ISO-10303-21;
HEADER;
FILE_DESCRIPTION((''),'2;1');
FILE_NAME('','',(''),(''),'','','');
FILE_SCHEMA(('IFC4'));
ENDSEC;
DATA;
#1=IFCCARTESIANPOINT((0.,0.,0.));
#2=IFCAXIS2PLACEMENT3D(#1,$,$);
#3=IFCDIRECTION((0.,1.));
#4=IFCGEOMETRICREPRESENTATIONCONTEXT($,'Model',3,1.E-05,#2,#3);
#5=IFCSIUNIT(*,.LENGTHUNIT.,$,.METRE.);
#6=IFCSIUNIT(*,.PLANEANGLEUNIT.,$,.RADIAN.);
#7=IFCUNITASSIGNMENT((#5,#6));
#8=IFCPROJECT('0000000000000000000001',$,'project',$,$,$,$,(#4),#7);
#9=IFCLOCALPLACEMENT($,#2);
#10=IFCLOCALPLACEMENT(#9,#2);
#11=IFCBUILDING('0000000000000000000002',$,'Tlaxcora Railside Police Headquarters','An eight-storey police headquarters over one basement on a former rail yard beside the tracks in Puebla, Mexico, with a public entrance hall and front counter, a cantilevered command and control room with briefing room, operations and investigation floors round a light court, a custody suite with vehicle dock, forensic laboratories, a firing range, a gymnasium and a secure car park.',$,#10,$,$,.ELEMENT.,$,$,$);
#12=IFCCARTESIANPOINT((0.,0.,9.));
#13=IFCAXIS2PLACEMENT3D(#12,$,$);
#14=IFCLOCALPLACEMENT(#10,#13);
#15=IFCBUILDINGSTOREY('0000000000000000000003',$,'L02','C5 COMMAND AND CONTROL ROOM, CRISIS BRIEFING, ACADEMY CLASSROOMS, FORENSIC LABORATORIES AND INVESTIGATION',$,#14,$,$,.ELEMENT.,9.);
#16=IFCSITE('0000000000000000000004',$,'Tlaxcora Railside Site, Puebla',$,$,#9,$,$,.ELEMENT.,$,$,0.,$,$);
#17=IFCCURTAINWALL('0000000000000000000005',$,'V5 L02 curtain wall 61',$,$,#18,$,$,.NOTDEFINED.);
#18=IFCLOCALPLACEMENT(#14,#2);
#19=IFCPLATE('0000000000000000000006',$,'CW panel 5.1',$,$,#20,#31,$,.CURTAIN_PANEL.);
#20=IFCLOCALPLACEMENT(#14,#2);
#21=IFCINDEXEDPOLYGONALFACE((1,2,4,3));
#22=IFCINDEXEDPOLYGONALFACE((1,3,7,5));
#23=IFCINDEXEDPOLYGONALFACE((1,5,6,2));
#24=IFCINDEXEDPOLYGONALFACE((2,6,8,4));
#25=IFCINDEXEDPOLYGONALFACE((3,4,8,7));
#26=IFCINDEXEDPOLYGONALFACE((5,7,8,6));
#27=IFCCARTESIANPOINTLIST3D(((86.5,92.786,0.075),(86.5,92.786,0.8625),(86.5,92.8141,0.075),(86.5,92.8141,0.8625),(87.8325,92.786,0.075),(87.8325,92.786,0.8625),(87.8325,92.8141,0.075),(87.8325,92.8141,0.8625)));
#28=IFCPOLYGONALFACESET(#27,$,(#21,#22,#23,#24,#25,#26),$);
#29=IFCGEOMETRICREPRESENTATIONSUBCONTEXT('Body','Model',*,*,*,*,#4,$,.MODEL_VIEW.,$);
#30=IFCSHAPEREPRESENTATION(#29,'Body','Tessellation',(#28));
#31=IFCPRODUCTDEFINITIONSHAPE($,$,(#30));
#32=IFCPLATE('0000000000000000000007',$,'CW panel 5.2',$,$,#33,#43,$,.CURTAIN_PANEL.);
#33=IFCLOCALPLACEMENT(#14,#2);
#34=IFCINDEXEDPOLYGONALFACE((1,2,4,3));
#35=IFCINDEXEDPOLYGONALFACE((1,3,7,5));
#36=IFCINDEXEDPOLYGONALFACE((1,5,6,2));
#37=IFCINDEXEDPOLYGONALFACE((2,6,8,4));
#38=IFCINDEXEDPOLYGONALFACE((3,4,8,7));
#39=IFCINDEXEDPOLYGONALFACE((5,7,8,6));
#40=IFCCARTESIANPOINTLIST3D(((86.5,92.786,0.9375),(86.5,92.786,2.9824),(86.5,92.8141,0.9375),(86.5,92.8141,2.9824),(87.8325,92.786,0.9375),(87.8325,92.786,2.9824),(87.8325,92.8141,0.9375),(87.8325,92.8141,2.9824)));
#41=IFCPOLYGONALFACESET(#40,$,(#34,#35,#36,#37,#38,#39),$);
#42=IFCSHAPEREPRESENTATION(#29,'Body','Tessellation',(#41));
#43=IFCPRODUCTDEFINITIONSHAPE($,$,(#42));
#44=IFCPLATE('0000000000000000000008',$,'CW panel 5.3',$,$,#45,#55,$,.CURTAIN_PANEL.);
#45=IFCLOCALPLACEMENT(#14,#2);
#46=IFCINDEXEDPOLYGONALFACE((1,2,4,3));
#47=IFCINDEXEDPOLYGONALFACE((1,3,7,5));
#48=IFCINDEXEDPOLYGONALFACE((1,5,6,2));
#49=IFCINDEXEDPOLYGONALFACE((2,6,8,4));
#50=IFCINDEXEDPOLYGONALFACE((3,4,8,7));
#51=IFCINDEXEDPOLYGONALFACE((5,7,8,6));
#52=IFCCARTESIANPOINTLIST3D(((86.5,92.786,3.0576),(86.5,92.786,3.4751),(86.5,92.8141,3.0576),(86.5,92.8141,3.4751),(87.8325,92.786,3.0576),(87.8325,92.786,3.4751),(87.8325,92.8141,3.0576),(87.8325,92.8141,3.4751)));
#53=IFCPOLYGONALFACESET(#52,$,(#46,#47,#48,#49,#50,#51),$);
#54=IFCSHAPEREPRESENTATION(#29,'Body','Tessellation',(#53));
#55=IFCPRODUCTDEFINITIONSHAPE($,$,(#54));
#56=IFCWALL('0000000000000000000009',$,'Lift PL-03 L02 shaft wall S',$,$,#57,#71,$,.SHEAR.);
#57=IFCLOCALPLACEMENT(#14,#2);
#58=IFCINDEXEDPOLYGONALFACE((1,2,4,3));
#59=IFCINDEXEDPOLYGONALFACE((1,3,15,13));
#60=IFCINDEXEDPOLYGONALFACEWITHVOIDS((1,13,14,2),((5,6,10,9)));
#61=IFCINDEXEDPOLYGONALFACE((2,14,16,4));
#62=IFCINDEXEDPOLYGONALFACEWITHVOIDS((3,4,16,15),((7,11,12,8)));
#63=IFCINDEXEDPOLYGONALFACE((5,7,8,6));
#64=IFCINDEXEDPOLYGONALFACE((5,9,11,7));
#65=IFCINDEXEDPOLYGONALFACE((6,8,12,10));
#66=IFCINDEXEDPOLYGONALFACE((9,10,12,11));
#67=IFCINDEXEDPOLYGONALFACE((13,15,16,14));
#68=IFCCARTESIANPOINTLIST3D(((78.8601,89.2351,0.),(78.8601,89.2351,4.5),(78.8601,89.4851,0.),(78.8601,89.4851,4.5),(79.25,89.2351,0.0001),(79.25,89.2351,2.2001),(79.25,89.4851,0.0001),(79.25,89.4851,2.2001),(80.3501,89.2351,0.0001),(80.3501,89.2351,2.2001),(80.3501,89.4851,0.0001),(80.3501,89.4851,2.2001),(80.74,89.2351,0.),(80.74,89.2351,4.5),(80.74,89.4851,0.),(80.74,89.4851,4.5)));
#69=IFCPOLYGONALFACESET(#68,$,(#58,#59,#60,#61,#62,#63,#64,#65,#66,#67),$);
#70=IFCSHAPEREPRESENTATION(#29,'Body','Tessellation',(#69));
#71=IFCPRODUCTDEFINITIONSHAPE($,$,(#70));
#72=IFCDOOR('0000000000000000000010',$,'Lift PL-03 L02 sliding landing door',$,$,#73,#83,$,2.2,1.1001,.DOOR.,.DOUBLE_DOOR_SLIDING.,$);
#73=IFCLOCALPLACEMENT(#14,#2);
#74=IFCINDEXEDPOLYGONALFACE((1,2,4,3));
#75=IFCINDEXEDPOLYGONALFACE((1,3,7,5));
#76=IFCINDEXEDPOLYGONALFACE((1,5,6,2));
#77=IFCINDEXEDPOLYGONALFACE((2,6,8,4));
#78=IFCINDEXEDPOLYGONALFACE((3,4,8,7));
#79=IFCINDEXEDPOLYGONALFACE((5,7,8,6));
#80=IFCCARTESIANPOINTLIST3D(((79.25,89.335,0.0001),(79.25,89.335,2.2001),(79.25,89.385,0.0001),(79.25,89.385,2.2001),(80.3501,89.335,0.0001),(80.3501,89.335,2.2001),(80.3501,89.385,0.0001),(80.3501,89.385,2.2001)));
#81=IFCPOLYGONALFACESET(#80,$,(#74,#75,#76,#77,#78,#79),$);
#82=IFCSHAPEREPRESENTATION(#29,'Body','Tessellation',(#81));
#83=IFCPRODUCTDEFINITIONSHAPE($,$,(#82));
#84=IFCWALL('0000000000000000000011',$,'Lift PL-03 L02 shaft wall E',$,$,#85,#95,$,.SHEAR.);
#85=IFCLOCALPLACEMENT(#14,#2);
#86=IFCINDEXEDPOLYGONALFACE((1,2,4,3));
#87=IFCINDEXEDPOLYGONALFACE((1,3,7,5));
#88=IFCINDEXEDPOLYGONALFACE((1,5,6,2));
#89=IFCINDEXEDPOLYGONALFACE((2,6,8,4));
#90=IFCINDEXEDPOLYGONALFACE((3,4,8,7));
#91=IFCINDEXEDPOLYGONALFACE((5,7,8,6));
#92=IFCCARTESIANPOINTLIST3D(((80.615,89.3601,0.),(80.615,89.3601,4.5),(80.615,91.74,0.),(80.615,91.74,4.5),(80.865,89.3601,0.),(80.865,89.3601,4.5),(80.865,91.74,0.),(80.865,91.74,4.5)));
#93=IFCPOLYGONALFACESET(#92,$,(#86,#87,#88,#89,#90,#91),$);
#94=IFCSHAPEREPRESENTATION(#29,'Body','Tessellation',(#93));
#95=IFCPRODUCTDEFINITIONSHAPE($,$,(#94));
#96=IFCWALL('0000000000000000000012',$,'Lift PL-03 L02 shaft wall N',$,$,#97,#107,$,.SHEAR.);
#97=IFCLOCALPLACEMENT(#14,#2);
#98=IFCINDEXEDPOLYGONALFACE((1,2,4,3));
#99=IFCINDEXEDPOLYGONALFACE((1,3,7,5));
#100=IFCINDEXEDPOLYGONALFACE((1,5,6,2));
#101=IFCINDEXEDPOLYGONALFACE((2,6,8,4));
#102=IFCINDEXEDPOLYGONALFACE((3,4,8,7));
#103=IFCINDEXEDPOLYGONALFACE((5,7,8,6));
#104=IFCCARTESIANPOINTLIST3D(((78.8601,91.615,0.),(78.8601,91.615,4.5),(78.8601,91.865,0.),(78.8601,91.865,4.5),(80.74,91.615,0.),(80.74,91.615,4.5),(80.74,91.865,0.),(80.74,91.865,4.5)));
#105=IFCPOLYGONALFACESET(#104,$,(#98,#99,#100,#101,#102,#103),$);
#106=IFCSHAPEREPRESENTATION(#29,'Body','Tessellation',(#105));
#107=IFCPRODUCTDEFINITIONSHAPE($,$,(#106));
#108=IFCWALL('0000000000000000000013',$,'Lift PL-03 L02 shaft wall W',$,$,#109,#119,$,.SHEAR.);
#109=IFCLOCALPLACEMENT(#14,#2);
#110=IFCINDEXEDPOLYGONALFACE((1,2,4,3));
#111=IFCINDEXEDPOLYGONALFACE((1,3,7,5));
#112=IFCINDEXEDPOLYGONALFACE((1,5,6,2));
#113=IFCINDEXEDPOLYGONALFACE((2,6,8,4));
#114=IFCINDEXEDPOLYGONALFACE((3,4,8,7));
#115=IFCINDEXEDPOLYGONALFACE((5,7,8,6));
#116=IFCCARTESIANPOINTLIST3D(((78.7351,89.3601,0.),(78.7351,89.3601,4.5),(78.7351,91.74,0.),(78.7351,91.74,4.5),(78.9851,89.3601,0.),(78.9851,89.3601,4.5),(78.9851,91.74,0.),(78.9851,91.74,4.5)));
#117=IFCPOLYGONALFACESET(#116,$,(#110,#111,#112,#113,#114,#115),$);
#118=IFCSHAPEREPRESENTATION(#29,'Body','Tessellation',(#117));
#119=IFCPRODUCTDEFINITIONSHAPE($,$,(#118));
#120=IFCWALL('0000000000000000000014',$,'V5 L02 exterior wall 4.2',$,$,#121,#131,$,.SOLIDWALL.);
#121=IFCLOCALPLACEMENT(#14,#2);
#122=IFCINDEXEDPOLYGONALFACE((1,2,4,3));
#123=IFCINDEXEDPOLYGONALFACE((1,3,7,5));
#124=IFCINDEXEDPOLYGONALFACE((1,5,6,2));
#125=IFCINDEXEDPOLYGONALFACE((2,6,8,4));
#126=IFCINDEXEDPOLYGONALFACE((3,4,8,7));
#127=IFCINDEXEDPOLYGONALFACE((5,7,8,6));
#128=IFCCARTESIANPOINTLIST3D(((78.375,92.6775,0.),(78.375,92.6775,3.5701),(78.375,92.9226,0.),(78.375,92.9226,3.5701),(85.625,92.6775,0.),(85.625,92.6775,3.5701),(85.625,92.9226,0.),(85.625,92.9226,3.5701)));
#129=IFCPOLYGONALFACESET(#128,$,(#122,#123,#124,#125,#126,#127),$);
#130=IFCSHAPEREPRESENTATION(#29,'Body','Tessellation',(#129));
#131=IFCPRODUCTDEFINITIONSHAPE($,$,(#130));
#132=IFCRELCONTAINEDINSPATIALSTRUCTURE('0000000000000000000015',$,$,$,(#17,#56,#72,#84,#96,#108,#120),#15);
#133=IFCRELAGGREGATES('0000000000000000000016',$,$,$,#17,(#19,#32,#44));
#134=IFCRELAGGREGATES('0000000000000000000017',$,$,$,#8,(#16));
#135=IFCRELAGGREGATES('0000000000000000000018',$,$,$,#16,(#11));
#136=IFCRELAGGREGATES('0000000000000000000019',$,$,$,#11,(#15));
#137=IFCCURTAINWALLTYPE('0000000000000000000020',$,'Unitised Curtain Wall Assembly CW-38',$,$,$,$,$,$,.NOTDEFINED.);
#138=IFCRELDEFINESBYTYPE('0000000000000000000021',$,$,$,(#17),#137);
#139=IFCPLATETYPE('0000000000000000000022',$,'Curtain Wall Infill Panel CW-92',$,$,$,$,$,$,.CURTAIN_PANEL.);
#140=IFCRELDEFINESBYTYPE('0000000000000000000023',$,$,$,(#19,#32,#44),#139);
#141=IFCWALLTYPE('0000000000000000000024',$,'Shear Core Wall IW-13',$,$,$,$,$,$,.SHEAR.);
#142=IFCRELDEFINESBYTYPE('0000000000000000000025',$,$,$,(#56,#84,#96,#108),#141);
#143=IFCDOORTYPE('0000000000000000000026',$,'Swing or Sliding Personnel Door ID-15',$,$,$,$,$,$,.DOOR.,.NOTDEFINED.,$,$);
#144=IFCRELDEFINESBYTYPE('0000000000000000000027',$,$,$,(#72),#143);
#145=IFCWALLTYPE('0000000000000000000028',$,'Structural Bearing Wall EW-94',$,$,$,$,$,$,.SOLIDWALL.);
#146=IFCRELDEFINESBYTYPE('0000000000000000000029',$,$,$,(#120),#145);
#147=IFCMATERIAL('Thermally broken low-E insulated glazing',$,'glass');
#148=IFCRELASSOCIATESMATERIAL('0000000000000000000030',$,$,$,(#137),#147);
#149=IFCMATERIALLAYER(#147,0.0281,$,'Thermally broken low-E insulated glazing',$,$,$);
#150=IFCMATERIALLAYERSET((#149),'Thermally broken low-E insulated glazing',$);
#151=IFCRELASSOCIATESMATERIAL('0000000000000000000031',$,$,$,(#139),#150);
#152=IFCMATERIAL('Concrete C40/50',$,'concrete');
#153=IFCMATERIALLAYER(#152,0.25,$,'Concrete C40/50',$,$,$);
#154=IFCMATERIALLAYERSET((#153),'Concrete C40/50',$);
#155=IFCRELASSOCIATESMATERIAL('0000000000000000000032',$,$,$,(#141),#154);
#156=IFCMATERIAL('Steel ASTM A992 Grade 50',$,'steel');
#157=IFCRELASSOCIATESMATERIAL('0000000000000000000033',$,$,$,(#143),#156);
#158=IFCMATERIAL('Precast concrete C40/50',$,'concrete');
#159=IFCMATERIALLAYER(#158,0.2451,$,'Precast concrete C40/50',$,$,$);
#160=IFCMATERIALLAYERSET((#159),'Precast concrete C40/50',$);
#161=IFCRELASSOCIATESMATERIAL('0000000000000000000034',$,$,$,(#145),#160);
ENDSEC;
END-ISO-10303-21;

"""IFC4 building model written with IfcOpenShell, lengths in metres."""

from ifc_helpers import new_model, si_unit, direction, frame, frame_2d, origin, origin_2d, place, context, subcontext, project, spatial, rectangle, extrude, material, layer, layer_set, type_object, element, fill, aggregate, save


model = new_model("IFC4")

# Units and contexts
model_context = context("Model", 3, precision=1e-05, world=origin(), true_north=direction((0.0, 1.0)))
body_context = subcontext(model_context, "Body", "Model", "MODEL_VIEW")
ifc_project = project(units=[si_unit("LENGTHUNIT", "METRE"), si_unit("PLANEANGLEUNIT", "RADIAN")], contexts=[model_context])

# Site, building, storey
site_placement = place(None, origin())
site = spatial("IfcSite", under=ifc_project, at=site_placement, Name="Tlaxcora Railside Site, Puebla", CompositionType="ELEMENT", RefElevation=0.0)
building_placement = place(site_placement, origin())
building = spatial("IfcBuilding", under=site, at=building_placement, Name="Tlaxcora Railside Police Headquarters", Description="An eight-storey police headquarters over one basement on a former rail yard beside the tracks in Puebla, Mexico, with a public entrance hall and front counter, a cantilevered command and control room with briefing room, operations and investigation floors round a light court, a custody suite with vehicle dock, forensic laboratories, a firing range, a gymnasium and a secure car park.", CompositionType="ELEMENT")
storey_placement = place(building_placement, frame((0.0, 0.0, 9.0)))
storey = spatial("IfcBuildingStorey", under=building, at=storey_placement, Name="L02", Description="C5 COMMAND AND CONTROL ROOM, CRISIS BRIEFING, ACADEMY CLASSROOMS, FORENSIC LABORATORIES AND INVESTIGATION", CompositionType="ELEMENT", Elevation=9.0)

# Shared definitions
ifc_material_1 = material(Name="Concrete C40/50", Category="concrete")

# Curtain wall
ifc_material_2 = material(Name="Thermally broken low-E insulated glazing", Category="glass")
curtain_wall_type = type_object("IfcCurtainWallType", Name="Unitised Curtain Wall Assembly CW-38", PredefinedType="NOTDEFINED", material=ifc_material_2)
curtain_wall_placement = place(storey_placement, origin())
curtain_wall = element("IfcCurtainWall", 1, at=curtain_wall_placement, inside=storey, type_object=curtain_wall_type, Name="V5 L02 curtain wall 61", PredefinedType="NOTDEFINED")

# Plates
ifc_layer_1 = layer(ifc_material_2, 0.0281, Name="Thermally broken low-E insulated glazing")
ifc_layer_set_1 = layer_set([ifc_layer_1], Name="Thermally broken low-E insulated glazing")
plate_type = type_object("IfcPlateType", Name="Curtain Wall Infill Panel CW-92", PredefinedType="CURTAIN_PANEL", material=ifc_layer_set_1)
plate_1_placement = place(storey_placement, frame((87.1663, 92.8, 0.075), z_axis=(0.0, 0.0, 1.0), x_axis=(-1.0, 0.0, 0.0)))
plate_1 = element("IfcPlate", 2, at=plate_1_placement, type_object=plate_type, Name="CW panel 5.1", PredefinedType="CURTAIN_PANEL", context=body_context, shape_type="SweptSolid", body=[
    extrude(rectangle(XDim=1.3325, YDim=0.0281, at=origin_2d()), origin(), (0.0, 0.0, 1.0), 0.7876),
])
plate_2_placement = place(storey_placement, frame((87.1663, 92.8, 0.9375), z_axis=(0.0, 0.0, 1.0), x_axis=(-1.0, 0.0, 0.0)))
plate_2 = element("IfcPlate", 3, at=plate_2_placement, type_object=plate_type, Name="CW panel 5.2", PredefinedType="CURTAIN_PANEL", context=body_context, shape_type="SweptSolid", body=[
    extrude(rectangle(XDim=1.3325, YDim=0.0281, at=origin_2d()), origin(), (0.0, 0.0, 1.0), 2.0449),
])
plate_3_placement = place(storey_placement, frame((87.1663, 92.8, 3.0576), z_axis=(0.0, 0.0, 1.0), x_axis=(-1.0, 0.0, 0.0)))
plate_3 = element("IfcPlate", 4, at=plate_3_placement, type_object=plate_type, Name="CW panel 5.3", PredefinedType="CURTAIN_PANEL", context=body_context, shape_type="SweptSolid", body=[
    extrude(rectangle(XDim=1.3325, YDim=0.0281, at=origin_2d()), origin(), (0.0, 0.0, 1.0), 0.4175),
])
aggregate(curtain_wall, [plate_1, plate_2, plate_3])

# Wall, opening, door
ifc_layer_2 = layer(ifc_material_1, 0.25, Name="Concrete C40/50")
ifc_layer_set_2 = layer_set([ifc_layer_2], Name="Concrete C40/50")
wall_type_1 = type_object("IfcWallType", Name="Shear Core Wall IW-13", PredefinedType="SHEAR", material=ifc_layer_set_2)
wall_1_placement = place(storey_placement, frame((78.8601, 89.3601, 0.0), z_axis=(0.0, 0.0, 1.0), x_axis=(1.0, 0.0, 0.0)))
wall_1 = element("IfcWall", 5, at=wall_1_placement, inside=storey, type_object=wall_type_1, Name="Lift PL-03 L02 shaft wall S", PredefinedType="SHEAR", context=body_context, shape_type="SweptSolid", body=[
    extrude(rectangle(XDim=1.8799, YDim=0.25, at=frame_2d((0.9399, 0.0))), origin(), (0.0, 0.0, 1.0), 4.5),
])
opening_placement = place(wall_1_placement, frame((0.3899, 0.0, 0.0)))
opening = element("IfcOpeningElement", 6, at=opening_placement, cuts=wall_1, PredefinedType="OPENING", context=body_context, shape_type="SweptSolid", body=[
    extrude(rectangle(XDim=1.1001, YDim=2.2, at=frame_2d((0.55, 1.1001))), frame((0.0, 0.135, 0.0), z_axis=(0.0, -1.0, 0.0), x_axis=(1.0, 0.0, 0.0)), (0.0, 0.0, 1.0), 0.27),
])
ifc_material_3 = material(Name="Steel ASTM A992 Grade 50", Category="steel")
door_type = type_object("IfcDoorType", Name="Swing or Sliding Personnel Door ID-15", OperationType="NOTDEFINED", PredefinedType="DOOR", material=ifc_material_3)
door_placement = place(opening_placement, origin())
door = element("IfcDoor", 7, at=door_placement, inside=storey, type_object=door_type, Name="Lift PL-03 L02 sliding landing door", OperationType="DOUBLE_DOOR_SLIDING", OverallHeight=2.2, OverallWidth=1.1001, PredefinedType="DOOR", context=body_context, shape_type="SweptSolid", body=[
    extrude(rectangle(XDim=1.1001, YDim=2.2, at=frame_2d((0.55, 1.1001))), frame((0.0, 0.0249, 0.0), z_axis=(0.0, -1.0, 0.0), x_axis=(1.0, 0.0, 0.0)), (0.0, 0.0, 1.0), 0.05),
])
fill(opening, door)

# Walls
wall_2_placement = place(storey_placement, frame((80.74, 89.3601, 0.0), z_axis=(0.0, 0.0, 1.0), x_axis=(0.0, 1.0, 0.0)))
element("IfcWall", 8, at=wall_2_placement, inside=storey, type_object=wall_type_1, Name="Lift PL-03 L02 shaft wall E", PredefinedType="SHEAR", context=body_context, shape_type="SweptSolid", body=[
    extrude(rectangle(XDim=2.3799, YDim=0.25, at=frame_2d((1.1899, 0.0))), origin(), (0.0, 0.0, 1.0), 4.5),
])
wall_3_placement = place(storey_placement, frame((80.74, 91.74, 0.0), z_axis=(0.0, 0.0, 1.0), x_axis=(-1.0, 0.0, 0.0)))
element("IfcWall", 9, at=wall_3_placement, inside=storey, type_object=wall_type_1, Name="Lift PL-03 L02 shaft wall N", PredefinedType="SHEAR", context=body_context, shape_type="SweptSolid", body=[
    extrude(rectangle(XDim=1.8799, YDim=0.25, at=frame_2d((0.9399, 0.0))), origin(), (0.0, 0.0, 1.0), 4.5),
])
wall_4_placement = place(storey_placement, frame((78.8601, 91.74, 0.0), z_axis=(0.0, 0.0, 1.0), x_axis=(0.0, -1.0, 0.0)))
element("IfcWall", 10, at=wall_4_placement, inside=storey, type_object=wall_type_1, Name="Lift PL-03 L02 shaft wall W", PredefinedType="SHEAR", context=body_context, shape_type="SweptSolid", body=[
    extrude(rectangle(XDim=2.3799, YDim=0.25, at=frame_2d((1.1899, 0.0))), origin(), (0.0, 0.0, 1.0), 4.5),
])
ifc_material_4 = material(Name="Precast concrete C40/50", Category="concrete")
ifc_layer_3 = layer(ifc_material_4, 0.2451, Name="Precast concrete C40/50")
ifc_layer_set_3 = layer_set([ifc_layer_3], Name="Precast concrete C40/50")
wall_type_2 = type_object("IfcWallType", Name="Structural Bearing Wall EW-94", PredefinedType="SOLIDWALL", material=ifc_layer_set_3)
wall_5_placement = place(storey_placement, frame((85.625, 92.8, 0.0), z_axis=(0.0, 0.0, 1.0), x_axis=(-1.0, 0.0, 0.0)))
element("IfcWall", 11, at=wall_5_placement, inside=storey, type_object=wall_type_2, Name="V5 L02 exterior wall 4.2", PredefinedType="SOLIDWALL", context=body_context, shape_type="SweptSolid", body=[
    extrude(rectangle(XDim=7.25, YDim=0.2451, at=frame_2d((3.625, 0.0))), origin(), (0.0, 0.0, 1.0), 3.5701),
])

save(model, "model.ifc")
